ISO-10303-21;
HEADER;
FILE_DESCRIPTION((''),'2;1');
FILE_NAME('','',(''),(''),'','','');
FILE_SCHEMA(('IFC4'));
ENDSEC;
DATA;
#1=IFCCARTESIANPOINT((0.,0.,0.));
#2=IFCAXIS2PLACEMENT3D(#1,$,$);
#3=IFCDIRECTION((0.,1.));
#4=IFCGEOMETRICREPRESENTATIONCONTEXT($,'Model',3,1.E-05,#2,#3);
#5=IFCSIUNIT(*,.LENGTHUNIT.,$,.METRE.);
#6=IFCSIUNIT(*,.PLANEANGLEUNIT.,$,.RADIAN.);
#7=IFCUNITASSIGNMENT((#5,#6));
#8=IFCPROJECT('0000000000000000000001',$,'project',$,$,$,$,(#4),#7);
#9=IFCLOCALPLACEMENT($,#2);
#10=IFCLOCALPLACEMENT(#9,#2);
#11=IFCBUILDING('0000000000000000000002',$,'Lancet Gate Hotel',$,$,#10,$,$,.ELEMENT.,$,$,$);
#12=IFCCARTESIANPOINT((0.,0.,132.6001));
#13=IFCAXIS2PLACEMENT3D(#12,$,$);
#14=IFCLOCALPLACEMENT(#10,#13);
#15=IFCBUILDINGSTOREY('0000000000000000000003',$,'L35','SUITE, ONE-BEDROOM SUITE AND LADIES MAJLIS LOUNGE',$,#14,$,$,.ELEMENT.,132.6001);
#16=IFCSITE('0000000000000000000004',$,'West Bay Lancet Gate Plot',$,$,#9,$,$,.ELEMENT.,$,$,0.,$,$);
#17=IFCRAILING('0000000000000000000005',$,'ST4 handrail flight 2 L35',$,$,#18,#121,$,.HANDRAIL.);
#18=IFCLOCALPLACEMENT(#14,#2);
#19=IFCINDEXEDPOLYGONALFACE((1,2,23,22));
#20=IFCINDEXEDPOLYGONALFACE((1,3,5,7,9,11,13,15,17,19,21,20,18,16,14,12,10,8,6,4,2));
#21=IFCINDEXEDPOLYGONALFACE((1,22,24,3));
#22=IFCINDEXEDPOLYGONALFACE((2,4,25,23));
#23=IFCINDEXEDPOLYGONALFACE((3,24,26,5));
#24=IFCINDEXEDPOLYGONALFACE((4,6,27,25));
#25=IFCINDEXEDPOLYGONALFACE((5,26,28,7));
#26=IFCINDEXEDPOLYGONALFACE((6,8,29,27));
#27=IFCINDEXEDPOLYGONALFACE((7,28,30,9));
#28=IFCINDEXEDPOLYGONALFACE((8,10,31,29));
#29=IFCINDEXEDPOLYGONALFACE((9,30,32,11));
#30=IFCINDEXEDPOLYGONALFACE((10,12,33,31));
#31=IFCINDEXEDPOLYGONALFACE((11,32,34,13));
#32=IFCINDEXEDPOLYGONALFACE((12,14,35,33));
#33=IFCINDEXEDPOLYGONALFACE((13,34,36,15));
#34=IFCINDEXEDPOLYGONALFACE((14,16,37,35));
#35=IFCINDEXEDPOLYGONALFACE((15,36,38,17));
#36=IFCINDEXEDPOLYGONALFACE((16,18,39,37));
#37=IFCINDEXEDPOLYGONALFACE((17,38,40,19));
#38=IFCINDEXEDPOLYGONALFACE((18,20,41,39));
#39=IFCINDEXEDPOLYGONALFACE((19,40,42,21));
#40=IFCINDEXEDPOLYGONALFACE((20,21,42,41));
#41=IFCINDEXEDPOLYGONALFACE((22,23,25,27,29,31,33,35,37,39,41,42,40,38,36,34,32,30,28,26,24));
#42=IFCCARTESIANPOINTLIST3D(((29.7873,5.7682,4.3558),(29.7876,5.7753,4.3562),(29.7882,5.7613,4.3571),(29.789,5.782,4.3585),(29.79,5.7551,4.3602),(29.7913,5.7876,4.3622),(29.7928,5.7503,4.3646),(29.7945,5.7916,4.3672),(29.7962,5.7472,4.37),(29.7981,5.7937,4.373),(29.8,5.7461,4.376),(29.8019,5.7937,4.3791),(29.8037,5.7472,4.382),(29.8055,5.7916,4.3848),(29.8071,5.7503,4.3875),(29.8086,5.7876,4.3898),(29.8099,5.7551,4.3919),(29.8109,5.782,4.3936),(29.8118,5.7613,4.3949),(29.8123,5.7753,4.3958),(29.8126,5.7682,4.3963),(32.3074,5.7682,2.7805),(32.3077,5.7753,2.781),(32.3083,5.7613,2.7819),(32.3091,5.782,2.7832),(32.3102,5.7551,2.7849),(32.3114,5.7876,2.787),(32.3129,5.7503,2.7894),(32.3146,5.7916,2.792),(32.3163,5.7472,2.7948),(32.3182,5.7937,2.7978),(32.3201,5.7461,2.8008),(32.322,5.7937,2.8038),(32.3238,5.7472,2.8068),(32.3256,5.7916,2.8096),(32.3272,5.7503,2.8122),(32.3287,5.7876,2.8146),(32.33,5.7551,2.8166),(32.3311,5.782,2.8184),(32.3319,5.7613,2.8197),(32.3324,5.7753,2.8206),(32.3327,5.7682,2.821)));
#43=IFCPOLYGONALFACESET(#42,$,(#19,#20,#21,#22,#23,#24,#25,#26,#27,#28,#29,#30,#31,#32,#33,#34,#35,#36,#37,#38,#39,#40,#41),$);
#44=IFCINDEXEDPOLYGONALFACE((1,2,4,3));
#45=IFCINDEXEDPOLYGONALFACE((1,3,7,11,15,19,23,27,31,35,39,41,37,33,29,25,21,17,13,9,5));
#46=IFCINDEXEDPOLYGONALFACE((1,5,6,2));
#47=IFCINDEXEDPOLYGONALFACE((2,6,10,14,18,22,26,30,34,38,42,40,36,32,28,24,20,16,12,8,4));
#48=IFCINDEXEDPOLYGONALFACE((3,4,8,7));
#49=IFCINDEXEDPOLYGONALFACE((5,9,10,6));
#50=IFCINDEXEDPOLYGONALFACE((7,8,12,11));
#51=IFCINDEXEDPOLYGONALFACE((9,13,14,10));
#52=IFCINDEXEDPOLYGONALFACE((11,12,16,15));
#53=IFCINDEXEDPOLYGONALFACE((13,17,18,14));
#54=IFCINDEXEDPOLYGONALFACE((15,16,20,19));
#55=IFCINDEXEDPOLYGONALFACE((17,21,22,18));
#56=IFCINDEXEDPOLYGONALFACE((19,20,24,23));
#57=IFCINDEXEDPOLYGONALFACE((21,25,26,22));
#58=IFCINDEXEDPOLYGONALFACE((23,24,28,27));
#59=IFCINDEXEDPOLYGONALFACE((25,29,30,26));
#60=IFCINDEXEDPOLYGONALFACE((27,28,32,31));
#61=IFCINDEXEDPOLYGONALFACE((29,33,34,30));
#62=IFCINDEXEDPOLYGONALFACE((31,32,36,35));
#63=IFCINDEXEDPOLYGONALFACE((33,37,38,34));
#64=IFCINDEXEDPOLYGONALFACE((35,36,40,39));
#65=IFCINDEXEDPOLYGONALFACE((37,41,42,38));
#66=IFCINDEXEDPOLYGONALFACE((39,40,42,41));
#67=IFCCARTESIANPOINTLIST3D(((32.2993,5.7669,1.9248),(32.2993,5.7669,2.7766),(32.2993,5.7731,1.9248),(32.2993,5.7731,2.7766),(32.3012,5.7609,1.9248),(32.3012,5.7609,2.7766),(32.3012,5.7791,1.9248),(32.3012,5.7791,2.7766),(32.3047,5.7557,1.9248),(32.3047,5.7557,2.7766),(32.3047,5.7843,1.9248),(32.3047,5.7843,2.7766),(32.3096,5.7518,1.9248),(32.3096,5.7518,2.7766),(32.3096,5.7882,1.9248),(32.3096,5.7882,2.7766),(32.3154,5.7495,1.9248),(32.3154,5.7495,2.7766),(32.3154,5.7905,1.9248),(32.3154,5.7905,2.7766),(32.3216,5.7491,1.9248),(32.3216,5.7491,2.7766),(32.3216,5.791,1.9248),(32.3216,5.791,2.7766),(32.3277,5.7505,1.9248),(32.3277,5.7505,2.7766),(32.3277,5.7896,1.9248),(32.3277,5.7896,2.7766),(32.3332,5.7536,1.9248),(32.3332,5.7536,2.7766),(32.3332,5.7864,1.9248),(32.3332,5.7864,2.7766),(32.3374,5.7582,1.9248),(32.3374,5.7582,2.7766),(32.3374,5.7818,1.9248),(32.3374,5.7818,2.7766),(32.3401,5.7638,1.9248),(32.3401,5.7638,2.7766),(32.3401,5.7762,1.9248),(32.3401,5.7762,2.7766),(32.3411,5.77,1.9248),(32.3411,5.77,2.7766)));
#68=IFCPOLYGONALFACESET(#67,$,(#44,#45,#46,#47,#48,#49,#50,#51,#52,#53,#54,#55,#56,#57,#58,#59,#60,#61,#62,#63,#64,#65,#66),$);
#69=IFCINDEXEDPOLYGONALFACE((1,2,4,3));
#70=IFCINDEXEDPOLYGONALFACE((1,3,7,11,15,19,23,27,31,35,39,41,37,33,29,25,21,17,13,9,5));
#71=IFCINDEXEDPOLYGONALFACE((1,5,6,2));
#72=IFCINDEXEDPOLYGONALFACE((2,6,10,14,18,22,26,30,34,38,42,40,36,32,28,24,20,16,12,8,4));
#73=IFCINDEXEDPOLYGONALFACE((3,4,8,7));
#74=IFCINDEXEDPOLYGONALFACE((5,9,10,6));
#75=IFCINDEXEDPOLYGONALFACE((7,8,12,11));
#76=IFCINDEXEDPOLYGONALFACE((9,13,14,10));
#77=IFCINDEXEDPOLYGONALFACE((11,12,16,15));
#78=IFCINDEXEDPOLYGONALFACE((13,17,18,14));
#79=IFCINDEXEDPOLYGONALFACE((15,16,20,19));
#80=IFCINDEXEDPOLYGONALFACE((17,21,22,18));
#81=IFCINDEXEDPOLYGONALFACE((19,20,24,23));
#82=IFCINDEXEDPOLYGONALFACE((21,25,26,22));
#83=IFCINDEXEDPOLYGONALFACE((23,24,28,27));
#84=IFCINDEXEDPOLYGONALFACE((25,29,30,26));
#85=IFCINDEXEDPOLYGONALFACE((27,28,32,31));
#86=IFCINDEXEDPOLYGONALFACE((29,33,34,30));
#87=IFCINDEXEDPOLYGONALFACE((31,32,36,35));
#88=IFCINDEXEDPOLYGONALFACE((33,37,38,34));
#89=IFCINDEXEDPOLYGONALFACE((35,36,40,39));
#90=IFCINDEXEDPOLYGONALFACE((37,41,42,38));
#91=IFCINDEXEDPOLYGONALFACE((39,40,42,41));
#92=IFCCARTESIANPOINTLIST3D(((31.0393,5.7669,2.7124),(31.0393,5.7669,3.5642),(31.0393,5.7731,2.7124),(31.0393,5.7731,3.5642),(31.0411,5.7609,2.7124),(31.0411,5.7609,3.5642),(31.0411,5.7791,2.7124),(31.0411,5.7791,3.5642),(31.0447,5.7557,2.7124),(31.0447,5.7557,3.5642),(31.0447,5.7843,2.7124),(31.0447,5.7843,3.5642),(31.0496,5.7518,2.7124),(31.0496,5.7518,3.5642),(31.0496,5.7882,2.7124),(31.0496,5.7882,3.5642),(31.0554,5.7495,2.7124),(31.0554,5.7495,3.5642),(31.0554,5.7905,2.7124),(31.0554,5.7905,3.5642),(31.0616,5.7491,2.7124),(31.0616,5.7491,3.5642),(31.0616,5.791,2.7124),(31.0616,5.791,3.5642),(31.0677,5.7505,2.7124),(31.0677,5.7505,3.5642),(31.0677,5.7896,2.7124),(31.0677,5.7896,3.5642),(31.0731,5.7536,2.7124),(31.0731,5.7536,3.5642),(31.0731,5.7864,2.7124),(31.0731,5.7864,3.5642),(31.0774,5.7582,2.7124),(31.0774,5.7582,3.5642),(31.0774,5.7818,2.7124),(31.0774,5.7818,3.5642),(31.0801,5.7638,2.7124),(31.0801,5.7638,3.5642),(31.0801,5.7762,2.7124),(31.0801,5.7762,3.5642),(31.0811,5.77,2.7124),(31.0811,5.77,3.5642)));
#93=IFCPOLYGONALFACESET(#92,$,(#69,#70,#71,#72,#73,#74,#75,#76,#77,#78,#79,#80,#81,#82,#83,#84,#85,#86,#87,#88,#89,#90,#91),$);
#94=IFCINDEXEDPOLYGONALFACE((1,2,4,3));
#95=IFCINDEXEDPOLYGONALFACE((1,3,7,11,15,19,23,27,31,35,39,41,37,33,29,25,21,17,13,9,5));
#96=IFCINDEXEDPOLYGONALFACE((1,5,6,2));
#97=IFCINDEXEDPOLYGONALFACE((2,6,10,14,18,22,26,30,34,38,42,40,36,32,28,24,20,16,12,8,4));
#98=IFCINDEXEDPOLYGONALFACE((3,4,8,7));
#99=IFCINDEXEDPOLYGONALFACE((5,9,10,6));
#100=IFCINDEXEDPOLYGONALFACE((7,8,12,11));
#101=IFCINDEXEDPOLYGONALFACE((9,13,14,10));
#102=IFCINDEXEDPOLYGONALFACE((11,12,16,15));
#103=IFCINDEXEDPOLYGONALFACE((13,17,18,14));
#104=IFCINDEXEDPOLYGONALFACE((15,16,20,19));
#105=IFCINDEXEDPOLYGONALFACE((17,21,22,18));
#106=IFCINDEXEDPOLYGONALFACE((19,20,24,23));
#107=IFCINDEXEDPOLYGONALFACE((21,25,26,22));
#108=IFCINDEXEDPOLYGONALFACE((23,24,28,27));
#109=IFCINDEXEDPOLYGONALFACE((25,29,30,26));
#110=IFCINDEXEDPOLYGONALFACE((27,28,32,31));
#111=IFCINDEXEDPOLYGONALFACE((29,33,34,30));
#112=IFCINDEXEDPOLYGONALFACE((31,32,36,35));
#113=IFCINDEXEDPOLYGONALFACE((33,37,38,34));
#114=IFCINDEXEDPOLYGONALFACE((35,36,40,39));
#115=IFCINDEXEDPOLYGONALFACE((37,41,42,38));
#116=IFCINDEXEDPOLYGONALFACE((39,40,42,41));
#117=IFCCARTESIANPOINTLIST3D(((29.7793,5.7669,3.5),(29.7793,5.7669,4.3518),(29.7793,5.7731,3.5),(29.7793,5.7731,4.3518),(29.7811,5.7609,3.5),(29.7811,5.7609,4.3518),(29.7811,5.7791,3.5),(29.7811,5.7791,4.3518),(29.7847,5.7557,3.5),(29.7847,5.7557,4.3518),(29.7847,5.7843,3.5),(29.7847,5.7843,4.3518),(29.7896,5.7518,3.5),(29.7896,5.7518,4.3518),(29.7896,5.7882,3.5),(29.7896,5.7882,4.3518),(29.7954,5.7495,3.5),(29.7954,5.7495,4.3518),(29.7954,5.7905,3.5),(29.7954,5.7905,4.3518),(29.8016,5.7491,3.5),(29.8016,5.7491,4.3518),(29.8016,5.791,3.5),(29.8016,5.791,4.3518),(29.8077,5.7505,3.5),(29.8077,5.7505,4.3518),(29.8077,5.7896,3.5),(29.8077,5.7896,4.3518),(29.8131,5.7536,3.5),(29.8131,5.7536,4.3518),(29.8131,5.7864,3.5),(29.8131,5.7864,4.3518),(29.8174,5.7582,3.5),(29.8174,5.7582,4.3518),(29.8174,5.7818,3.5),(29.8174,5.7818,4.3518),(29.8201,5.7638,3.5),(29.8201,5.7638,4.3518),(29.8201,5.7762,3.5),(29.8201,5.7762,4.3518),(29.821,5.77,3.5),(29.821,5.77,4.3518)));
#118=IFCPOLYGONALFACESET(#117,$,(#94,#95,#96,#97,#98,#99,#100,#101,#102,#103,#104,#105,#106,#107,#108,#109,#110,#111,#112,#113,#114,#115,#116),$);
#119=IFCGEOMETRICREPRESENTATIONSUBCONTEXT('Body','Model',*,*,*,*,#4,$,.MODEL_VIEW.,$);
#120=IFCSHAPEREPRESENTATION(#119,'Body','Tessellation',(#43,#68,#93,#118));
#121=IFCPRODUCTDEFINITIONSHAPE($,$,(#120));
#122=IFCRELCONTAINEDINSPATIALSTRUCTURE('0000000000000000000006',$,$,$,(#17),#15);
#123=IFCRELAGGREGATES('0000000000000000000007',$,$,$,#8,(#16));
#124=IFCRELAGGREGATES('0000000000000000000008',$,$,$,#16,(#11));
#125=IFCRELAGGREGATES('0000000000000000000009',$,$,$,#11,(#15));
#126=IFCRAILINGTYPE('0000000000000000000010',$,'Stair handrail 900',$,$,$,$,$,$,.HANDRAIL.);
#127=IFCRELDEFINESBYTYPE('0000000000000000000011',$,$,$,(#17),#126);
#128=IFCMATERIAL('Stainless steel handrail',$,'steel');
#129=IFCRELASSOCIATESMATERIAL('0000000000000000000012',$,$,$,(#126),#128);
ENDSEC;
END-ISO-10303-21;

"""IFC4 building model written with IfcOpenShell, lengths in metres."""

from ifc_helpers import new_model, si_unit, direction, frame, origin, origin_2d, place, context, subcontext, project, spatial, circle, extrude, material, type_object, element, save


model = new_model("IFC4")

# Units and contexts
model_context = context("Model", 3, precision=1e-05, world=origin(), true_north=direction((0.0, 1.0)))
body_context = subcontext(model_context, "Body", "Model", "MODEL_VIEW")
ifc_project = project(units=[si_unit("LENGTHUNIT", "METRE"), si_unit("PLANEANGLEUNIT", "RADIAN")], contexts=[model_context])

# Site, building, storey
site_placement = place(None, origin())
site = spatial("IfcSite", under=ifc_project, at=site_placement, Name="West Bay Lancet Gate Plot", CompositionType="ELEMENT", RefElevation=0.0)
building_placement = place(site_placement, origin())
building = spatial("IfcBuilding", under=site, at=building_placement, Name="Lancet Gate Hotel", CompositionType="ELEMENT")
storey_placement = place(building_placement, frame((0.0, 0.0, 132.6001)))
storey = spatial("IfcBuildingStorey", under=building, at=storey_placement, Name="L35", Description="SUITE, ONE-BEDROOM SUITE AND LADIES MAJLIS LOUNGE", CompositionType="ELEMENT", Elevation=132.6001)

# Railing
ifc_material_1 = material(Name="Stainless steel handrail", Category="steel")
railing_type = type_object("IfcRailingType", Name="Stair handrail 900", PredefinedType="HANDRAIL", material=ifc_material_1)
railing_1_placement = place(storey_placement, frame((32.3201, 5.77, 1.9248)))
element("IfcRailing", 1, at=railing_1_placement, inside=storey, type_object=railing_type, Name="ST4 handrail flight 2 L35", PredefinedType="HANDRAIL", context=body_context, shape_type="SweptSolid", body=[
    extrude(circle(Radius=0.0239, at=origin_2d()), frame((0.0, 0.0, 0.876), z_axis=(-0.847971, 0.0, 0.530043), x_axis=(0.0, -1.0, 0.0)), (0.0, 0.0, 1.0), 2.9719),
    extrude(circle(Radius=0.021, at=origin_2d()), origin(), (0.0, 0.0, 1.0), 0.8518),
    extrude(circle(Radius=0.021, at=origin_2d()), frame((-1.26, 0.0, 0.7876)), (0.0, 0.0, 1.0), 0.8518),
    extrude(circle(Radius=0.021, at=origin_2d()), frame((-2.52, 0.0, 1.5752)), (0.0, 0.0, 1.0), 0.8518),
])

save(model, "model.ifc")
